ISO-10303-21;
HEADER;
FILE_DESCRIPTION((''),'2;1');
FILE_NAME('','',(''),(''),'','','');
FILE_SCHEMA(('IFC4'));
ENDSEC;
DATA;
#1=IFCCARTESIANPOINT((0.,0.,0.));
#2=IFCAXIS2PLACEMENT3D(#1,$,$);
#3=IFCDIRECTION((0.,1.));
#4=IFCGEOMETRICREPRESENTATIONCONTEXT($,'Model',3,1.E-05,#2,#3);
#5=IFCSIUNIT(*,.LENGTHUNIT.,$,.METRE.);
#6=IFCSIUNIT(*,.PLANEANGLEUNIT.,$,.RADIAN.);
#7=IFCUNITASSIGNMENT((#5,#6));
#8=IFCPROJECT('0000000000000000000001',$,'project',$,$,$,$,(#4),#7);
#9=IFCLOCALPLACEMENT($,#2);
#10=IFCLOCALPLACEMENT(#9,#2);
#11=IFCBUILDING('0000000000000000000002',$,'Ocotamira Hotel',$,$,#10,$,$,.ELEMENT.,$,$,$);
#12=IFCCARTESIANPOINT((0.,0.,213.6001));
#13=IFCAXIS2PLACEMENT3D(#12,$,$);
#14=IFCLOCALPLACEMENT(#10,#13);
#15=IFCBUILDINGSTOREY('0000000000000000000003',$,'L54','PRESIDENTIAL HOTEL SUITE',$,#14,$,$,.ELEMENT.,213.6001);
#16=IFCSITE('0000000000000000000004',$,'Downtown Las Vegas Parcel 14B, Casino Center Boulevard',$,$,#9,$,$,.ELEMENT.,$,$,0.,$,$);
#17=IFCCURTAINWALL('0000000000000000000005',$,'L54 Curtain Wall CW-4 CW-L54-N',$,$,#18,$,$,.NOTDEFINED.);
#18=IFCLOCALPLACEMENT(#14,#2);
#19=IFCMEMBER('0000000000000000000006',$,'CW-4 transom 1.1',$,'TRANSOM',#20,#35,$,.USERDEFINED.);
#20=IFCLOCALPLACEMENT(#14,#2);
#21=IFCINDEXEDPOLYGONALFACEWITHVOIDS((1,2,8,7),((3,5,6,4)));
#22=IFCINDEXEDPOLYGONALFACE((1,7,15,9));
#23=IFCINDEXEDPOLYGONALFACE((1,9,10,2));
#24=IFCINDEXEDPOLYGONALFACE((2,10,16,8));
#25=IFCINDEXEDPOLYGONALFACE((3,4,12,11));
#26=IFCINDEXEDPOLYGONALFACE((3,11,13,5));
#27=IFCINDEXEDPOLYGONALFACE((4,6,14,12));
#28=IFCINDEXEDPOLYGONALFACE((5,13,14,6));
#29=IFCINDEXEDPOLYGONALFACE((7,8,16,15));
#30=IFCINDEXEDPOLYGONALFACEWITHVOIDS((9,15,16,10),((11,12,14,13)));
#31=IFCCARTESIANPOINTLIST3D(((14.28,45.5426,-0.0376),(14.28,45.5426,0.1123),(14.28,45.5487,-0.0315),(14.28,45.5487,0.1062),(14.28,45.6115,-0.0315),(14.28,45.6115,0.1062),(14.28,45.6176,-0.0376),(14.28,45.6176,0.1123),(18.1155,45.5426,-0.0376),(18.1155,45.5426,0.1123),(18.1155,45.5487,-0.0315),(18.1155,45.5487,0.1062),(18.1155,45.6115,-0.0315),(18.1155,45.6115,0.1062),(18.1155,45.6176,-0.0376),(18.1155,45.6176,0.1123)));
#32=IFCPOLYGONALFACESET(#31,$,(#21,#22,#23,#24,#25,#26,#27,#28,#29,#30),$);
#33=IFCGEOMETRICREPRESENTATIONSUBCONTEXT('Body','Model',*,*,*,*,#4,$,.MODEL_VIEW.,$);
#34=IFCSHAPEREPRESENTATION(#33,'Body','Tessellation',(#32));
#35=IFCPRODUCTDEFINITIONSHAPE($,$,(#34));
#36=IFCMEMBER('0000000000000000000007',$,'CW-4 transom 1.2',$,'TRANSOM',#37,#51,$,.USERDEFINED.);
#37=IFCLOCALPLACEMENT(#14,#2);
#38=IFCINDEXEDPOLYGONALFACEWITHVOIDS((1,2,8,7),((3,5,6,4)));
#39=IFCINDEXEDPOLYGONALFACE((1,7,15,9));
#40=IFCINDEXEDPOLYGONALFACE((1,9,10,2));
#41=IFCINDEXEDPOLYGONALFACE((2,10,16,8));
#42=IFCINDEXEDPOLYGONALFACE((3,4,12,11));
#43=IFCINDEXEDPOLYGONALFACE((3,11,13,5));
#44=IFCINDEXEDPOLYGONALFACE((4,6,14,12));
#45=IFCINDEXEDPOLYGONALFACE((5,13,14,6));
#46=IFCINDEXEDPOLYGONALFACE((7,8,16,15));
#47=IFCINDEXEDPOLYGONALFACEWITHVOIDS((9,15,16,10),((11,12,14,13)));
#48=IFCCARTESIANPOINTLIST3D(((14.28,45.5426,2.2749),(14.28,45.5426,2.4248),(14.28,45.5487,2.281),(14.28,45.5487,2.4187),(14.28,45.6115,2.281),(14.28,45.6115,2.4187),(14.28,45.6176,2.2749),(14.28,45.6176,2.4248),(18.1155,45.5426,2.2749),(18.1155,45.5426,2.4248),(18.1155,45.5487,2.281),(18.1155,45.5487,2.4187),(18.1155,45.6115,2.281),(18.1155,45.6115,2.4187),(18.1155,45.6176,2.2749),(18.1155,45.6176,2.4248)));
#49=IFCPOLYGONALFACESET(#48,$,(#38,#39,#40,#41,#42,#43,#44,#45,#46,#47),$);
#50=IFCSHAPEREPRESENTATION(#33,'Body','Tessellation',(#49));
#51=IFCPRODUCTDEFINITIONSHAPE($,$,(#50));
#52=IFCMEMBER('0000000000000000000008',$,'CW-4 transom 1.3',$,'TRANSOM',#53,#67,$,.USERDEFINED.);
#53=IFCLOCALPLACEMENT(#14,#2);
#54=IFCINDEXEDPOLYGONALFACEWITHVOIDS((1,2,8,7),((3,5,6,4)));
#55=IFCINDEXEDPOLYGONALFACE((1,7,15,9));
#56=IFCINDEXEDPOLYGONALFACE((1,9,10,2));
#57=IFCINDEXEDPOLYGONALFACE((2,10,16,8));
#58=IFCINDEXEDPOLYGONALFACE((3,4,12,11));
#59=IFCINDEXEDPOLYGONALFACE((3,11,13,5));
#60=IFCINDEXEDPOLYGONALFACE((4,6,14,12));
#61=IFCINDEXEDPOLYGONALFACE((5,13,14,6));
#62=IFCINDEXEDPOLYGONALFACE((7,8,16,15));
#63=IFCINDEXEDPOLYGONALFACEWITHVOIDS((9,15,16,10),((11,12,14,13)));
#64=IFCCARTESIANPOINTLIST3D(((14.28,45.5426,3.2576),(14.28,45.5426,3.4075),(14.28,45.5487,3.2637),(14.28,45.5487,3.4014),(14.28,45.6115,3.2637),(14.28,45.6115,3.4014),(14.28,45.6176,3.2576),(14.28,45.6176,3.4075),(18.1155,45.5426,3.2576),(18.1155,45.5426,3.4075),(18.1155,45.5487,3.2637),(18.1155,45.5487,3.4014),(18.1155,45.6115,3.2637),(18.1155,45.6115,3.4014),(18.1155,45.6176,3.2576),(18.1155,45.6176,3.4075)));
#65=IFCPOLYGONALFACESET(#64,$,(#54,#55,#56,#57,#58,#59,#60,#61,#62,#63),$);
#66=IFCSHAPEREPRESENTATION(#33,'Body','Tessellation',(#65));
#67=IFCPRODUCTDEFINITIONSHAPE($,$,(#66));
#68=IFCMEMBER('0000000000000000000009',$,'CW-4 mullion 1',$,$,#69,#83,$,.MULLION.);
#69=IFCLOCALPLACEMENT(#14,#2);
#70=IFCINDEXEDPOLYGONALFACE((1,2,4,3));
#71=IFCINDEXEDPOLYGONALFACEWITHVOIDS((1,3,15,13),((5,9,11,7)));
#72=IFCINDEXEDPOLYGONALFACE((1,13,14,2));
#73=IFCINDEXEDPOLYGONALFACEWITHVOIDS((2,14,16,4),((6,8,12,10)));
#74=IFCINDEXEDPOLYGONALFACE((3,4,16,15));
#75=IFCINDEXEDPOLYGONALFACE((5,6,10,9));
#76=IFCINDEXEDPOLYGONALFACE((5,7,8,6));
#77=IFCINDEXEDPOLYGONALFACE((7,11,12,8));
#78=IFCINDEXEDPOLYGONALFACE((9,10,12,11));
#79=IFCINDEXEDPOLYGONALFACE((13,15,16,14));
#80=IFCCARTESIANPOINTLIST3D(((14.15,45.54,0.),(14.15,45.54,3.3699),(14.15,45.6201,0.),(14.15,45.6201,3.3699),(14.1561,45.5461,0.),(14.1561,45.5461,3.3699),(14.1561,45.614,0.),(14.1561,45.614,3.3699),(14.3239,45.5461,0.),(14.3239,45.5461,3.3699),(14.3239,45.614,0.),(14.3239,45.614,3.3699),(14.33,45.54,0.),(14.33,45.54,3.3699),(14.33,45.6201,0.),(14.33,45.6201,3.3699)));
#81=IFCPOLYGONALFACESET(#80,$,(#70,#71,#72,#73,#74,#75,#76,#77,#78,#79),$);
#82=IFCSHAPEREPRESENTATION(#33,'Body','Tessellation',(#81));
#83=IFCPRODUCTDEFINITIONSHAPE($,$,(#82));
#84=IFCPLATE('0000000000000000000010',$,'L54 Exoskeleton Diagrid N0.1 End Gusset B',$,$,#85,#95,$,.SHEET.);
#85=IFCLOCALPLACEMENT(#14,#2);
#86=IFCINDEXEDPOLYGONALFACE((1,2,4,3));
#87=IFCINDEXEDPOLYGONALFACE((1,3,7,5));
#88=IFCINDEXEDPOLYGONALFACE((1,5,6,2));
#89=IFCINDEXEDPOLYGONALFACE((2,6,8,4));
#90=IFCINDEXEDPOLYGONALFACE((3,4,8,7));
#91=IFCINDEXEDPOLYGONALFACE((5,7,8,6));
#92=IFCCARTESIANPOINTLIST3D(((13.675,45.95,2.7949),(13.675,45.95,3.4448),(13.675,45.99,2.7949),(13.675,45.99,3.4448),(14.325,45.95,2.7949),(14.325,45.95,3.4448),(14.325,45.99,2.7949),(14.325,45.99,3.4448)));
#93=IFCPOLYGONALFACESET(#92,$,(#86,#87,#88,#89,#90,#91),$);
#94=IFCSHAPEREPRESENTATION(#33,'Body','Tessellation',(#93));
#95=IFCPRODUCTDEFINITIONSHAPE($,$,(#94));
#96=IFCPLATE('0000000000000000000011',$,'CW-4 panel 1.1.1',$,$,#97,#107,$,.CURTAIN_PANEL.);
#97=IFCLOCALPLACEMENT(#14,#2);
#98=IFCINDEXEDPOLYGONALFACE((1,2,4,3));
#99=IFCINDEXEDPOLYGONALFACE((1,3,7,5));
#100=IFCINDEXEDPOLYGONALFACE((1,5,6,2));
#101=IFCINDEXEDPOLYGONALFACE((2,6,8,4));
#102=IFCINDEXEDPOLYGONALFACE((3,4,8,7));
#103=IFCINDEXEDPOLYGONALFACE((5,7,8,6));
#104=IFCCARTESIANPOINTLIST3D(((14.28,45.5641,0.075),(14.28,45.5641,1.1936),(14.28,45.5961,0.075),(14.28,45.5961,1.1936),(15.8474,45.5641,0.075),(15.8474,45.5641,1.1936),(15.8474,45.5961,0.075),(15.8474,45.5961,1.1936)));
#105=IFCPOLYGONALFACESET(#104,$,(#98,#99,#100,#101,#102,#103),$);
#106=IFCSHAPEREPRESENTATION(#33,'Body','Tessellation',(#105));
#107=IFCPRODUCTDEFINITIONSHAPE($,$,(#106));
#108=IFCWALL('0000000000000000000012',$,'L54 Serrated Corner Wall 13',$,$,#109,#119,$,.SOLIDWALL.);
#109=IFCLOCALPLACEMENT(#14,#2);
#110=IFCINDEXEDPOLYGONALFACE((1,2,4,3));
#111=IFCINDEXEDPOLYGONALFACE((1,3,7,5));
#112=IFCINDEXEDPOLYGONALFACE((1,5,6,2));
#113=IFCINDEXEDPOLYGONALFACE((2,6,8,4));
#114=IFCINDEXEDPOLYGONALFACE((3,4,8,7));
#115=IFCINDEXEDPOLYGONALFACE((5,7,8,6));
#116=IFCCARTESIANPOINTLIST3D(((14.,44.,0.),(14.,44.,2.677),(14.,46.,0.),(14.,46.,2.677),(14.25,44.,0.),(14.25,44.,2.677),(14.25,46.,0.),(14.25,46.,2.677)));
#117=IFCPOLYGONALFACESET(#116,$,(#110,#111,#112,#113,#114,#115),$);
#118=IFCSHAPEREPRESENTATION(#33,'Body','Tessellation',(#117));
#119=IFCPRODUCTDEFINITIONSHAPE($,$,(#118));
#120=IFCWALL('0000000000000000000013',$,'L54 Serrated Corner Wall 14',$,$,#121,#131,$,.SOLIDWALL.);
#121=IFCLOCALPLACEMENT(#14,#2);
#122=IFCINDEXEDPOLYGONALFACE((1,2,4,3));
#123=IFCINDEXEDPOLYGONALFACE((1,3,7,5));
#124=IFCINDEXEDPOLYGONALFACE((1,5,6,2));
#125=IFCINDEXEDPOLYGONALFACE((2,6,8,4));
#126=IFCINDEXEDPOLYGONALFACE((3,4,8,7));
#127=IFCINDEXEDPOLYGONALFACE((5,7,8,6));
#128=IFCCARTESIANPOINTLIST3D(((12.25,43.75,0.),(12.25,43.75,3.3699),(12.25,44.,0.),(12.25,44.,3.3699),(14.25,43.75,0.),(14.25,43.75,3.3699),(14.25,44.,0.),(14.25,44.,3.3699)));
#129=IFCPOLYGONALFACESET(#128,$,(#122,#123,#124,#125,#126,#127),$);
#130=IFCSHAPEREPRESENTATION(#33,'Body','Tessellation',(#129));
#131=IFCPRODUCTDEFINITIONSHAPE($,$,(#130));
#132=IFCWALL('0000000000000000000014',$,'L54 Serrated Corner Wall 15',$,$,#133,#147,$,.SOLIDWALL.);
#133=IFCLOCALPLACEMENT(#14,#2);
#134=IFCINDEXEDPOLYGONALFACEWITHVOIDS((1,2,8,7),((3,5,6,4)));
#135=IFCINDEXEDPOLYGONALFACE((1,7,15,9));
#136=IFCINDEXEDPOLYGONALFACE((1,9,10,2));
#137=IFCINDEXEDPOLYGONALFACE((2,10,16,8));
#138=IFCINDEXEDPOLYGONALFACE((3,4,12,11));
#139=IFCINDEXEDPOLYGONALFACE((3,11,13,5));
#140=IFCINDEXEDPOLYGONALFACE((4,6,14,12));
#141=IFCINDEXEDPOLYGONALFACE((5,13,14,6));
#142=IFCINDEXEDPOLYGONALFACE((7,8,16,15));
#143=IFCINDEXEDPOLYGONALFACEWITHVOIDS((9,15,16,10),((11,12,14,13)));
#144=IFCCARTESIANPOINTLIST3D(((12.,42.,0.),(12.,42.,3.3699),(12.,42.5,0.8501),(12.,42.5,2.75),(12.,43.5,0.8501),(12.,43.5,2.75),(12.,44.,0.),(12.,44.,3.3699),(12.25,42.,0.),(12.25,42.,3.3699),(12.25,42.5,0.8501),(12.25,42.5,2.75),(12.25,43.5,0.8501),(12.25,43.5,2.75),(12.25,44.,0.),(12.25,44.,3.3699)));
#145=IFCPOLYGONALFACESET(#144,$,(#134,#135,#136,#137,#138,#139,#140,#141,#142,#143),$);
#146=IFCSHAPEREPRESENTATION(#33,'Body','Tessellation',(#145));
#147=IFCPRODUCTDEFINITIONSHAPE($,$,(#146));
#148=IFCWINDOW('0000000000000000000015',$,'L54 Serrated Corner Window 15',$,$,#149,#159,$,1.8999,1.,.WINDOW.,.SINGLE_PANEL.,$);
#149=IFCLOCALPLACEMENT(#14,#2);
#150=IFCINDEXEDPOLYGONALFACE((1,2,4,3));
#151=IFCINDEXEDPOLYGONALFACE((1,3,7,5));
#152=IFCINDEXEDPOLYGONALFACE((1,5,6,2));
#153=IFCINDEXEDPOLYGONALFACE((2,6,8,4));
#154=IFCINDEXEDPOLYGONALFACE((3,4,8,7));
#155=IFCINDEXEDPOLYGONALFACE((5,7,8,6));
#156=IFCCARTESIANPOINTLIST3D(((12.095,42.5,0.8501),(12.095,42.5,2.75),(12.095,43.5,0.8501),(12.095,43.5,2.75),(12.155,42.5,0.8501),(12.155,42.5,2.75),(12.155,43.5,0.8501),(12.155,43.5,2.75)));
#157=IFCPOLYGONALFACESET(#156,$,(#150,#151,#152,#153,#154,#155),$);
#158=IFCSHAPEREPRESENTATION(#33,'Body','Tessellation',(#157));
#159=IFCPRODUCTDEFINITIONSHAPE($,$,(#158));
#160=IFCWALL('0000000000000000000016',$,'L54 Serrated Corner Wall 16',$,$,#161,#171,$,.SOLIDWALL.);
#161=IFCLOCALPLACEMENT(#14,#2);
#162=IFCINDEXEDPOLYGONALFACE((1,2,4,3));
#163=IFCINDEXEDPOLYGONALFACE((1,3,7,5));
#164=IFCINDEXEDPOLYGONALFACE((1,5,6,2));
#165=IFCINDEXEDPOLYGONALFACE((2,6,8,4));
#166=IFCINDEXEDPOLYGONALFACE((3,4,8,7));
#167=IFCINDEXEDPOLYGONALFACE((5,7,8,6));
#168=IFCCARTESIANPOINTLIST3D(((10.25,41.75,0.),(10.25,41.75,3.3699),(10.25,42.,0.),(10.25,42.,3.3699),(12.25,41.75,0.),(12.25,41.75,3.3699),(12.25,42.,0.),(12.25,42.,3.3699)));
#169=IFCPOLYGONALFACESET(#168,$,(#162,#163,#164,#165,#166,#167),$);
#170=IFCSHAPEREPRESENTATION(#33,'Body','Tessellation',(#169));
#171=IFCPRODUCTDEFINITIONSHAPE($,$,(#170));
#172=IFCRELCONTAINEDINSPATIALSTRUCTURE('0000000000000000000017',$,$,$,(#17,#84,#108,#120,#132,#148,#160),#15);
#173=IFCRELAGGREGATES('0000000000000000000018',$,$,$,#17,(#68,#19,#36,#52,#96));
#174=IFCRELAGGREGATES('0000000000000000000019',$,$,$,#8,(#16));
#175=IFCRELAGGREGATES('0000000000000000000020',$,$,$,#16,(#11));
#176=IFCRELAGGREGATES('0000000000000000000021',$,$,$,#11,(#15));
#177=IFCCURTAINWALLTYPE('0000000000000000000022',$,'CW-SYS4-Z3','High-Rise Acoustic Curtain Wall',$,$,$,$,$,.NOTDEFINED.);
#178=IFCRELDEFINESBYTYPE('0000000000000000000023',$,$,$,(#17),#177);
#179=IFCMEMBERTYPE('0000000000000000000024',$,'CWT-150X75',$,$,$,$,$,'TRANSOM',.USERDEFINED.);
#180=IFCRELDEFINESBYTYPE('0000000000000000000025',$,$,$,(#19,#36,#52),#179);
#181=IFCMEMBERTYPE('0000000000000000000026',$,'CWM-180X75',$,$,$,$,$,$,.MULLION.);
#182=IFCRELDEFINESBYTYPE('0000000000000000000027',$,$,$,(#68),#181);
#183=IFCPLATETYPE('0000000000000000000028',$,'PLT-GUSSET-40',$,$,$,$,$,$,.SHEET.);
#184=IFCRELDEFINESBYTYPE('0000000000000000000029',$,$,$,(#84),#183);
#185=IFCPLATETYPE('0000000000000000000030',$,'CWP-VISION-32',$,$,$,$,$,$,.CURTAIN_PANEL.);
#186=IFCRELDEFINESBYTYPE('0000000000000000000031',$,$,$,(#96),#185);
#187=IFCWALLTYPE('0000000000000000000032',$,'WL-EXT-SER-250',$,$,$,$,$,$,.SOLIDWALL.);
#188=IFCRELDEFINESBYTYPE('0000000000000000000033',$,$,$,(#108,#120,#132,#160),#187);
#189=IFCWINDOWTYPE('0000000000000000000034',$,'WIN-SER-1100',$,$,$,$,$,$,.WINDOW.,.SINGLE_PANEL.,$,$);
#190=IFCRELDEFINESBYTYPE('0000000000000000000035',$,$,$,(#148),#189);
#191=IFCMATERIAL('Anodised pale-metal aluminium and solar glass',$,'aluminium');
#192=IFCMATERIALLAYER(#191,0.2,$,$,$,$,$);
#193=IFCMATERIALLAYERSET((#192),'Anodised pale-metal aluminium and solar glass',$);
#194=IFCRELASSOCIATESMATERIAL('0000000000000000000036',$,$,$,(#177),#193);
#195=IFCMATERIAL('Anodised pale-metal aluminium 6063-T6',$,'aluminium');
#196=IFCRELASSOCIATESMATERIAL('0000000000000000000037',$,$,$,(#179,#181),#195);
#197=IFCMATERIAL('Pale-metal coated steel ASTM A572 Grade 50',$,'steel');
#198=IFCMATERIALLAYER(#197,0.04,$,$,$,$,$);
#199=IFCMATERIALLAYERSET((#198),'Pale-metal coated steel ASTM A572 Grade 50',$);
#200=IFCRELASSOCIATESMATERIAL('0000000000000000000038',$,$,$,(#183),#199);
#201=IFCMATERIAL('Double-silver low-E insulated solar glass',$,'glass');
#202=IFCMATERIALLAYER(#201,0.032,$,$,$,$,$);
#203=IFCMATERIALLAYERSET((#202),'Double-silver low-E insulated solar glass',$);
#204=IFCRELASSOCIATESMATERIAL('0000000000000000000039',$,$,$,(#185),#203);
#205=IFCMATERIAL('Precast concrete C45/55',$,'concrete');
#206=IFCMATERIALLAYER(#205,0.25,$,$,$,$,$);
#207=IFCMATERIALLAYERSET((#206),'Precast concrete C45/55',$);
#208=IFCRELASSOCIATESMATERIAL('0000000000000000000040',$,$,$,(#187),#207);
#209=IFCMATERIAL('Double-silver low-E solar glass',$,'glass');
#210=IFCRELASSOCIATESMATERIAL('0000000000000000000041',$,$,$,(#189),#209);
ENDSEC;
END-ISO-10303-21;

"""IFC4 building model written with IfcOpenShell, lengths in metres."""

from ifc_helpers import new_model, si_unit, direction, frame, frame_2d, origin, origin_2d, place, context, subcontext, project, spatial, rectangle, hollow_rectangle, extrude, source, transform, mapped, material, layer, layer_set, material_profile, profile_set, type_object, element, fill, aggregate, save


model = new_model("IFC4")

# Units and contexts
model_context = context("Model", 3, precision=1e-05, world=origin(), true_north=direction((0.0, 1.0)))
body_context = subcontext(model_context, "Body", "Model", "MODEL_VIEW")
ifc_project = project(units=[si_unit("LENGTHUNIT", "METRE"), si_unit("PLANEANGLEUNIT", "RADIAN")], contexts=[model_context])

# Site, building, storey
site_placement = place(None, origin())
site = spatial("IfcSite", under=ifc_project, at=site_placement, Name="Downtown Las Vegas Parcel 14B, Casino Center Boulevard", CompositionType="ELEMENT", RefElevation=0.0)
building_placement = place(site_placement, origin())
building = spatial("IfcBuilding", under=site, at=building_placement, Name="Ocotamira Hotel", CompositionType="ELEMENT")
storey_placement = place(building_placement, frame((0.0, 0.0, 213.6001)))
storey = spatial("IfcBuildingStorey", under=building, at=storey_placement, Name="L54", Description="PRESIDENTIAL HOTEL SUITE", CompositionType="ELEMENT", Elevation=213.6001)

# Curtain wall, members
ifc_material_1 = material(Name="Anodised pale-metal aluminium and solar glass", Category="aluminium")
ifc_layer_1 = layer(ifc_material_1, 0.2)
ifc_layer_set_1 = layer_set([ifc_layer_1], Name="Anodised pale-metal aluminium and solar glass")
curtain_wall_type = type_object("IfcCurtainWallType", Name="CW-SYS4-Z3", Description="High-Rise Acoustic Curtain Wall", PredefinedType="NOTDEFINED", material=ifc_layer_set_1)
curtain_wall_placement = place(storey_placement, origin())
curtain_wall = element("IfcCurtainWall", 1, at=curtain_wall_placement, inside=storey, type_object=curtain_wall_type, Name="L54 Curtain Wall CW-4 CW-L54-N", PredefinedType="NOTDEFINED")
ifc_material_2 = material(Name="Anodised pale-metal aluminium 6063-T6", Category="aluminium")
ifc_material_profile_1 = material_profile(ifc_material_2, hollow_rectangle(XDim=0.075, YDim=0.1499, WallThickness=0.0061, at=origin_2d()), Name="HSS150X75X6")
ifc_profile_set_1 = profile_set([ifc_material_profile_1], Name="Anodised pale-metal aluminium 6063-T6")
member_type_1 = type_object("IfcMemberType", Name="CWT-150X75", ElementType="TRANSOM", PredefinedType="USERDEFINED", material=ifc_profile_set_1)
shared_shape_1 = source(origin(), body_context, "Body", "SweptSolid", [
    extrude(hollow_rectangle(XDim=0.075, YDim=0.1499, WallThickness=0.0061, at=origin_2d()), origin(), (0.0, 0.0, 1.0), 3.8354),
])
member_1_placement = place(storey_placement, frame((14.28, 45.5801, 0.0374), z_axis=(1.0, 0.0, 0.0), x_axis=(0.0, 1.0, 0.0)))
member_1 = element("IfcMember", 2, at=member_1_placement, type_object=member_type_1, Name="CW-4 transom 1.1", ObjectType="TRANSOM", PredefinedType="USERDEFINED", context=body_context, shape_type="MappedRepresentation", body=[
    mapped(shared_shape_1, transform((0.0, 0.0, 0.0), scale=1.0)),
])
member_2_placement = place(storey_placement, frame((14.28, 45.5801, 2.3499), z_axis=(1.0, 0.0, 0.0), x_axis=(0.0, 1.0, 0.0)))
member_2 = element("IfcMember", 3, at=member_2_placement, type_object=member_type_1, Name="CW-4 transom 1.2", ObjectType="TRANSOM", PredefinedType="USERDEFINED", context=body_context, shape_type="MappedRepresentation", body=[
    mapped(shared_shape_1, transform((0.0, 0.0, 0.0), scale=1.0)),
])
member_3_placement = place(storey_placement, frame((14.28, 45.5801, 3.3325), z_axis=(1.0, 0.0, 0.0), x_axis=(0.0, 1.0, 0.0)))
member_3 = element("IfcMember", 4, at=member_3_placement, type_object=member_type_1, Name="CW-4 transom 1.3", ObjectType="TRANSOM", PredefinedType="USERDEFINED", context=body_context, shape_type="MappedRepresentation", body=[
    mapped(shared_shape_1, transform((0.0, 0.0, 0.0), scale=1.0)),
])
ifc_material_profile_2 = material_profile(ifc_material_2, hollow_rectangle(XDim=0.0801, YDim=0.1799, WallThickness=0.0061, at=origin_2d()), Name="HSS180X80X6")
ifc_profile_set_2 = profile_set([ifc_material_profile_2], Name="Anodised pale-metal aluminium 6063-T6")
member_type_2 = type_object("IfcMemberType", Name="CWM-180X75", PredefinedType="MULLION", material=ifc_profile_set_2)
shared_shape_2 = source(origin(), body_context, "Body", "SweptSolid", [
    extrude(hollow_rectangle(XDim=0.0801, YDim=0.1799, WallThickness=0.0061, at=origin_2d()), origin(), (0.0, 0.0, 1.0), 3.3699),
])
member_4_placement = place(storey_placement, frame((14.24, 45.5801, 0.0), z_axis=(0.0, 0.0, 1.0), x_axis=(0.0, 1.0, 0.0)))
member_4 = element("IfcMember", 5, at=member_4_placement, type_object=member_type_2, Name="CW-4 mullion 1", PredefinedType="MULLION", context=body_context, shape_type="MappedRepresentation", body=[
    mapped(shared_shape_2, transform((0.0, 0.0, 0.0), scale=1.0)),
])

# Plates
ifc_material_3 = material(Name="Pale-metal coated steel ASTM A572 Grade 50", Category="steel")
ifc_layer_2 = layer(ifc_material_3, 0.04)
ifc_layer_set_2 = layer_set([ifc_layer_2], Name="Pale-metal coated steel ASTM A572 Grade 50")
plate_type_1 = type_object("IfcPlateType", Name="PLT-GUSSET-40", PredefinedType="SHEET", material=ifc_layer_set_2)
shared_shape_3 = source(origin(), body_context, "Body", "SweptSolid", [
    extrude(rectangle(XDim=0.6499, YDim=0.04, at=origin_2d()), origin(), (0.0, 0.0, 1.0), 0.6499),
])
plate_1_placement = place(storey_placement, frame((14.0, 45.97, 2.7949), z_axis=(0.0, 0.0, 1.0), x_axis=(-1.0, 0.0, 0.0)))
element("IfcPlate", 6, at=plate_1_placement, inside=storey, type_object=plate_type_1, Name="L54 Exoskeleton Diagrid N0.1 End Gusset B", PredefinedType="SHEET", context=body_context, shape_type="MappedRepresentation", body=[
    mapped(shared_shape_3, transform((0.0, 0.0, 0.0), scale=1.0)),
])
ifc_material_4 = material(Name="Double-silver low-E insulated solar glass", Category="glass")
ifc_layer_3 = layer(ifc_material_4, 0.032)
ifc_layer_set_3 = layer_set([ifc_layer_3], Name="Double-silver low-E insulated solar glass")
plate_type_2 = type_object("IfcPlateType", Name="CWP-VISION-32", PredefinedType="CURTAIN_PANEL", material=ifc_layer_set_3)
shared_shape_4 = source(origin(), body_context, "Body", "SweptSolid", [
    extrude(rectangle(XDim=1.5674, YDim=0.032, at=origin_2d()), origin(), (0.0, 0.0, 1.0), 1.1187),
])
plate_2_placement = place(storey_placement, frame((15.0637, 45.5801, 0.075), z_axis=(0.0, 0.0, 1.0), x_axis=(1.0, 0.0, 0.0)))
plate_2 = element("IfcPlate", 7, at=plate_2_placement, type_object=plate_type_2, Name="CW-4 panel 1.1.1", PredefinedType="CURTAIN_PANEL", context=body_context, shape_type="MappedRepresentation", body=[
    mapped(shared_shape_4, transform((0.0, 0.0, 0.0), scale=1.0)),
])
aggregate(curtain_wall, [member_4, member_1, member_2, member_3, plate_2])

# Walls
ifc_material_5 = material(Name="Precast concrete C45/55", Category="concrete")
ifc_layer_4 = layer(ifc_material_5, 0.25)
ifc_layer_set_4 = layer_set([ifc_layer_4], Name="Precast concrete C45/55")
wall_type_1 = type_object("IfcWallType", Name="WL-EXT-SER-250", PredefinedType="SOLIDWALL", material=ifc_layer_set_4)
wall_1_placement = place(storey_placement, frame((14.125, 46.0, 0.0), z_axis=(0.0, 0.0, 1.0), x_axis=(0.0, -1.0, 0.0)))
element("IfcWall", 8, at=wall_1_placement, inside=storey, type_object=wall_type_1, Name="L54 Serrated Corner Wall 13", PredefinedType="SOLIDWALL", context=body_context, shape_type="SweptSolid", body=[
    extrude(rectangle(XDim=2.0, YDim=0.25, at=frame_2d((1.0, 0.0))), origin(), (0.0, 0.0, 1.0), 2.677),
])
wall_2_placement = place(storey_placement, frame((14.25, 43.875, 0.0), z_axis=(0.0, 0.0, 1.0), x_axis=(-1.0, 0.0, 0.0)))
element("IfcWall", 9, at=wall_2_placement, inside=storey, type_object=wall_type_1, Name="L54 Serrated Corner Wall 14", PredefinedType="SOLIDWALL", context=body_context, shape_type="SweptSolid", body=[
    extrude(rectangle(XDim=2.0, YDim=0.25, at=frame_2d((1.0, 0.0))), origin(), (0.0, 0.0, 1.0), 3.3699),
])

# Wall, opening, window
wall_3_placement = place(storey_placement, frame((12.125, 44.0, 0.0), z_axis=(0.0, 0.0, 1.0), x_axis=(0.0, -1.0, 0.0)))
wall_3 = element("IfcWall", 10, at=wall_3_placement, inside=storey, type_object=wall_type_1, Name="L54 Serrated Corner Wall 15", PredefinedType="SOLIDWALL", context=body_context, shape_type="SweptSolid", body=[
    extrude(rectangle(XDim=2.0, YDim=0.25, at=frame_2d((1.0, 0.0))), origin(), (0.0, 0.0, 1.0), 3.3699),
])
opening_placement = place(wall_3_placement, frame((0.5, 0.0, 0.8501)))
opening = element("IfcOpeningElement", 11, at=opening_placement, cuts=wall_3, PredefinedType="OPENING", context=body_context, shape_type="SweptSolid", body=[
    extrude(rectangle(XDim=1.0, YDim=1.8999, at=frame_2d((0.5, 0.95))), frame((0.0, 0.135, 0.0), z_axis=(0.0, -1.0, 0.0), x_axis=(1.0, 0.0, 0.0)), (0.0, 0.0, 1.0), 0.27),
])
ifc_material_6 = material(Name="Double-silver low-E solar glass", Category="glass")
window_type = type_object("IfcWindowType", Name="WIN-SER-1100", PartitioningType="SINGLE_PANEL", PredefinedType="WINDOW", material=ifc_material_6)
shared_shape_5 = source(origin(), body_context, "Body", "SweptSolid", [
    extrude(rectangle(XDim=1.0, YDim=1.8999, at=frame_2d((0.5, 0.95))), frame((0.0, 0.03, 0.0), z_axis=(0.0, -1.0, 0.0), x_axis=(1.0, 0.0, 0.0)), (0.0, 0.0, 1.0), 0.0601),
])
window_placement = place(opening_placement, origin())
window = element("IfcWindow", 12, at=window_placement, inside=storey, type_object=window_type, Name="L54 Serrated Corner Window 15", OverallHeight=1.8999, OverallWidth=1.0, PartitioningType="SINGLE_PANEL", PredefinedType="WINDOW", context=body_context, shape_type="MappedRepresentation", body=[
    mapped(shared_shape_5, transform((0.0, 0.0, 0.0), scale=1.0)),
])
fill(opening, window)

# Wall
for number, where, z_axis, x_axis, name in (
    (13, (12.25, 41.875, 0.0), (0.0, 0.0, 1.0), (-1.0, 0.0, 0.0), "L54 Serrated Corner Wall 16"),
):
    element("IfcWall", number, at=place(storey_placement, frame(where, z_axis=z_axis, x_axis=x_axis)), inside=storey, type_object=wall_type_1, Name=name, PredefinedType="SOLIDWALL", context=body_context, shape_type="SweptSolid", body=[
        extrude(rectangle(XDim=2.0, YDim=0.25, at=frame_2d((1.0, 0.0))), origin(), (0.0, 0.0, 1.0), 3.3699),
    ])

save(model, "model.ifc")
